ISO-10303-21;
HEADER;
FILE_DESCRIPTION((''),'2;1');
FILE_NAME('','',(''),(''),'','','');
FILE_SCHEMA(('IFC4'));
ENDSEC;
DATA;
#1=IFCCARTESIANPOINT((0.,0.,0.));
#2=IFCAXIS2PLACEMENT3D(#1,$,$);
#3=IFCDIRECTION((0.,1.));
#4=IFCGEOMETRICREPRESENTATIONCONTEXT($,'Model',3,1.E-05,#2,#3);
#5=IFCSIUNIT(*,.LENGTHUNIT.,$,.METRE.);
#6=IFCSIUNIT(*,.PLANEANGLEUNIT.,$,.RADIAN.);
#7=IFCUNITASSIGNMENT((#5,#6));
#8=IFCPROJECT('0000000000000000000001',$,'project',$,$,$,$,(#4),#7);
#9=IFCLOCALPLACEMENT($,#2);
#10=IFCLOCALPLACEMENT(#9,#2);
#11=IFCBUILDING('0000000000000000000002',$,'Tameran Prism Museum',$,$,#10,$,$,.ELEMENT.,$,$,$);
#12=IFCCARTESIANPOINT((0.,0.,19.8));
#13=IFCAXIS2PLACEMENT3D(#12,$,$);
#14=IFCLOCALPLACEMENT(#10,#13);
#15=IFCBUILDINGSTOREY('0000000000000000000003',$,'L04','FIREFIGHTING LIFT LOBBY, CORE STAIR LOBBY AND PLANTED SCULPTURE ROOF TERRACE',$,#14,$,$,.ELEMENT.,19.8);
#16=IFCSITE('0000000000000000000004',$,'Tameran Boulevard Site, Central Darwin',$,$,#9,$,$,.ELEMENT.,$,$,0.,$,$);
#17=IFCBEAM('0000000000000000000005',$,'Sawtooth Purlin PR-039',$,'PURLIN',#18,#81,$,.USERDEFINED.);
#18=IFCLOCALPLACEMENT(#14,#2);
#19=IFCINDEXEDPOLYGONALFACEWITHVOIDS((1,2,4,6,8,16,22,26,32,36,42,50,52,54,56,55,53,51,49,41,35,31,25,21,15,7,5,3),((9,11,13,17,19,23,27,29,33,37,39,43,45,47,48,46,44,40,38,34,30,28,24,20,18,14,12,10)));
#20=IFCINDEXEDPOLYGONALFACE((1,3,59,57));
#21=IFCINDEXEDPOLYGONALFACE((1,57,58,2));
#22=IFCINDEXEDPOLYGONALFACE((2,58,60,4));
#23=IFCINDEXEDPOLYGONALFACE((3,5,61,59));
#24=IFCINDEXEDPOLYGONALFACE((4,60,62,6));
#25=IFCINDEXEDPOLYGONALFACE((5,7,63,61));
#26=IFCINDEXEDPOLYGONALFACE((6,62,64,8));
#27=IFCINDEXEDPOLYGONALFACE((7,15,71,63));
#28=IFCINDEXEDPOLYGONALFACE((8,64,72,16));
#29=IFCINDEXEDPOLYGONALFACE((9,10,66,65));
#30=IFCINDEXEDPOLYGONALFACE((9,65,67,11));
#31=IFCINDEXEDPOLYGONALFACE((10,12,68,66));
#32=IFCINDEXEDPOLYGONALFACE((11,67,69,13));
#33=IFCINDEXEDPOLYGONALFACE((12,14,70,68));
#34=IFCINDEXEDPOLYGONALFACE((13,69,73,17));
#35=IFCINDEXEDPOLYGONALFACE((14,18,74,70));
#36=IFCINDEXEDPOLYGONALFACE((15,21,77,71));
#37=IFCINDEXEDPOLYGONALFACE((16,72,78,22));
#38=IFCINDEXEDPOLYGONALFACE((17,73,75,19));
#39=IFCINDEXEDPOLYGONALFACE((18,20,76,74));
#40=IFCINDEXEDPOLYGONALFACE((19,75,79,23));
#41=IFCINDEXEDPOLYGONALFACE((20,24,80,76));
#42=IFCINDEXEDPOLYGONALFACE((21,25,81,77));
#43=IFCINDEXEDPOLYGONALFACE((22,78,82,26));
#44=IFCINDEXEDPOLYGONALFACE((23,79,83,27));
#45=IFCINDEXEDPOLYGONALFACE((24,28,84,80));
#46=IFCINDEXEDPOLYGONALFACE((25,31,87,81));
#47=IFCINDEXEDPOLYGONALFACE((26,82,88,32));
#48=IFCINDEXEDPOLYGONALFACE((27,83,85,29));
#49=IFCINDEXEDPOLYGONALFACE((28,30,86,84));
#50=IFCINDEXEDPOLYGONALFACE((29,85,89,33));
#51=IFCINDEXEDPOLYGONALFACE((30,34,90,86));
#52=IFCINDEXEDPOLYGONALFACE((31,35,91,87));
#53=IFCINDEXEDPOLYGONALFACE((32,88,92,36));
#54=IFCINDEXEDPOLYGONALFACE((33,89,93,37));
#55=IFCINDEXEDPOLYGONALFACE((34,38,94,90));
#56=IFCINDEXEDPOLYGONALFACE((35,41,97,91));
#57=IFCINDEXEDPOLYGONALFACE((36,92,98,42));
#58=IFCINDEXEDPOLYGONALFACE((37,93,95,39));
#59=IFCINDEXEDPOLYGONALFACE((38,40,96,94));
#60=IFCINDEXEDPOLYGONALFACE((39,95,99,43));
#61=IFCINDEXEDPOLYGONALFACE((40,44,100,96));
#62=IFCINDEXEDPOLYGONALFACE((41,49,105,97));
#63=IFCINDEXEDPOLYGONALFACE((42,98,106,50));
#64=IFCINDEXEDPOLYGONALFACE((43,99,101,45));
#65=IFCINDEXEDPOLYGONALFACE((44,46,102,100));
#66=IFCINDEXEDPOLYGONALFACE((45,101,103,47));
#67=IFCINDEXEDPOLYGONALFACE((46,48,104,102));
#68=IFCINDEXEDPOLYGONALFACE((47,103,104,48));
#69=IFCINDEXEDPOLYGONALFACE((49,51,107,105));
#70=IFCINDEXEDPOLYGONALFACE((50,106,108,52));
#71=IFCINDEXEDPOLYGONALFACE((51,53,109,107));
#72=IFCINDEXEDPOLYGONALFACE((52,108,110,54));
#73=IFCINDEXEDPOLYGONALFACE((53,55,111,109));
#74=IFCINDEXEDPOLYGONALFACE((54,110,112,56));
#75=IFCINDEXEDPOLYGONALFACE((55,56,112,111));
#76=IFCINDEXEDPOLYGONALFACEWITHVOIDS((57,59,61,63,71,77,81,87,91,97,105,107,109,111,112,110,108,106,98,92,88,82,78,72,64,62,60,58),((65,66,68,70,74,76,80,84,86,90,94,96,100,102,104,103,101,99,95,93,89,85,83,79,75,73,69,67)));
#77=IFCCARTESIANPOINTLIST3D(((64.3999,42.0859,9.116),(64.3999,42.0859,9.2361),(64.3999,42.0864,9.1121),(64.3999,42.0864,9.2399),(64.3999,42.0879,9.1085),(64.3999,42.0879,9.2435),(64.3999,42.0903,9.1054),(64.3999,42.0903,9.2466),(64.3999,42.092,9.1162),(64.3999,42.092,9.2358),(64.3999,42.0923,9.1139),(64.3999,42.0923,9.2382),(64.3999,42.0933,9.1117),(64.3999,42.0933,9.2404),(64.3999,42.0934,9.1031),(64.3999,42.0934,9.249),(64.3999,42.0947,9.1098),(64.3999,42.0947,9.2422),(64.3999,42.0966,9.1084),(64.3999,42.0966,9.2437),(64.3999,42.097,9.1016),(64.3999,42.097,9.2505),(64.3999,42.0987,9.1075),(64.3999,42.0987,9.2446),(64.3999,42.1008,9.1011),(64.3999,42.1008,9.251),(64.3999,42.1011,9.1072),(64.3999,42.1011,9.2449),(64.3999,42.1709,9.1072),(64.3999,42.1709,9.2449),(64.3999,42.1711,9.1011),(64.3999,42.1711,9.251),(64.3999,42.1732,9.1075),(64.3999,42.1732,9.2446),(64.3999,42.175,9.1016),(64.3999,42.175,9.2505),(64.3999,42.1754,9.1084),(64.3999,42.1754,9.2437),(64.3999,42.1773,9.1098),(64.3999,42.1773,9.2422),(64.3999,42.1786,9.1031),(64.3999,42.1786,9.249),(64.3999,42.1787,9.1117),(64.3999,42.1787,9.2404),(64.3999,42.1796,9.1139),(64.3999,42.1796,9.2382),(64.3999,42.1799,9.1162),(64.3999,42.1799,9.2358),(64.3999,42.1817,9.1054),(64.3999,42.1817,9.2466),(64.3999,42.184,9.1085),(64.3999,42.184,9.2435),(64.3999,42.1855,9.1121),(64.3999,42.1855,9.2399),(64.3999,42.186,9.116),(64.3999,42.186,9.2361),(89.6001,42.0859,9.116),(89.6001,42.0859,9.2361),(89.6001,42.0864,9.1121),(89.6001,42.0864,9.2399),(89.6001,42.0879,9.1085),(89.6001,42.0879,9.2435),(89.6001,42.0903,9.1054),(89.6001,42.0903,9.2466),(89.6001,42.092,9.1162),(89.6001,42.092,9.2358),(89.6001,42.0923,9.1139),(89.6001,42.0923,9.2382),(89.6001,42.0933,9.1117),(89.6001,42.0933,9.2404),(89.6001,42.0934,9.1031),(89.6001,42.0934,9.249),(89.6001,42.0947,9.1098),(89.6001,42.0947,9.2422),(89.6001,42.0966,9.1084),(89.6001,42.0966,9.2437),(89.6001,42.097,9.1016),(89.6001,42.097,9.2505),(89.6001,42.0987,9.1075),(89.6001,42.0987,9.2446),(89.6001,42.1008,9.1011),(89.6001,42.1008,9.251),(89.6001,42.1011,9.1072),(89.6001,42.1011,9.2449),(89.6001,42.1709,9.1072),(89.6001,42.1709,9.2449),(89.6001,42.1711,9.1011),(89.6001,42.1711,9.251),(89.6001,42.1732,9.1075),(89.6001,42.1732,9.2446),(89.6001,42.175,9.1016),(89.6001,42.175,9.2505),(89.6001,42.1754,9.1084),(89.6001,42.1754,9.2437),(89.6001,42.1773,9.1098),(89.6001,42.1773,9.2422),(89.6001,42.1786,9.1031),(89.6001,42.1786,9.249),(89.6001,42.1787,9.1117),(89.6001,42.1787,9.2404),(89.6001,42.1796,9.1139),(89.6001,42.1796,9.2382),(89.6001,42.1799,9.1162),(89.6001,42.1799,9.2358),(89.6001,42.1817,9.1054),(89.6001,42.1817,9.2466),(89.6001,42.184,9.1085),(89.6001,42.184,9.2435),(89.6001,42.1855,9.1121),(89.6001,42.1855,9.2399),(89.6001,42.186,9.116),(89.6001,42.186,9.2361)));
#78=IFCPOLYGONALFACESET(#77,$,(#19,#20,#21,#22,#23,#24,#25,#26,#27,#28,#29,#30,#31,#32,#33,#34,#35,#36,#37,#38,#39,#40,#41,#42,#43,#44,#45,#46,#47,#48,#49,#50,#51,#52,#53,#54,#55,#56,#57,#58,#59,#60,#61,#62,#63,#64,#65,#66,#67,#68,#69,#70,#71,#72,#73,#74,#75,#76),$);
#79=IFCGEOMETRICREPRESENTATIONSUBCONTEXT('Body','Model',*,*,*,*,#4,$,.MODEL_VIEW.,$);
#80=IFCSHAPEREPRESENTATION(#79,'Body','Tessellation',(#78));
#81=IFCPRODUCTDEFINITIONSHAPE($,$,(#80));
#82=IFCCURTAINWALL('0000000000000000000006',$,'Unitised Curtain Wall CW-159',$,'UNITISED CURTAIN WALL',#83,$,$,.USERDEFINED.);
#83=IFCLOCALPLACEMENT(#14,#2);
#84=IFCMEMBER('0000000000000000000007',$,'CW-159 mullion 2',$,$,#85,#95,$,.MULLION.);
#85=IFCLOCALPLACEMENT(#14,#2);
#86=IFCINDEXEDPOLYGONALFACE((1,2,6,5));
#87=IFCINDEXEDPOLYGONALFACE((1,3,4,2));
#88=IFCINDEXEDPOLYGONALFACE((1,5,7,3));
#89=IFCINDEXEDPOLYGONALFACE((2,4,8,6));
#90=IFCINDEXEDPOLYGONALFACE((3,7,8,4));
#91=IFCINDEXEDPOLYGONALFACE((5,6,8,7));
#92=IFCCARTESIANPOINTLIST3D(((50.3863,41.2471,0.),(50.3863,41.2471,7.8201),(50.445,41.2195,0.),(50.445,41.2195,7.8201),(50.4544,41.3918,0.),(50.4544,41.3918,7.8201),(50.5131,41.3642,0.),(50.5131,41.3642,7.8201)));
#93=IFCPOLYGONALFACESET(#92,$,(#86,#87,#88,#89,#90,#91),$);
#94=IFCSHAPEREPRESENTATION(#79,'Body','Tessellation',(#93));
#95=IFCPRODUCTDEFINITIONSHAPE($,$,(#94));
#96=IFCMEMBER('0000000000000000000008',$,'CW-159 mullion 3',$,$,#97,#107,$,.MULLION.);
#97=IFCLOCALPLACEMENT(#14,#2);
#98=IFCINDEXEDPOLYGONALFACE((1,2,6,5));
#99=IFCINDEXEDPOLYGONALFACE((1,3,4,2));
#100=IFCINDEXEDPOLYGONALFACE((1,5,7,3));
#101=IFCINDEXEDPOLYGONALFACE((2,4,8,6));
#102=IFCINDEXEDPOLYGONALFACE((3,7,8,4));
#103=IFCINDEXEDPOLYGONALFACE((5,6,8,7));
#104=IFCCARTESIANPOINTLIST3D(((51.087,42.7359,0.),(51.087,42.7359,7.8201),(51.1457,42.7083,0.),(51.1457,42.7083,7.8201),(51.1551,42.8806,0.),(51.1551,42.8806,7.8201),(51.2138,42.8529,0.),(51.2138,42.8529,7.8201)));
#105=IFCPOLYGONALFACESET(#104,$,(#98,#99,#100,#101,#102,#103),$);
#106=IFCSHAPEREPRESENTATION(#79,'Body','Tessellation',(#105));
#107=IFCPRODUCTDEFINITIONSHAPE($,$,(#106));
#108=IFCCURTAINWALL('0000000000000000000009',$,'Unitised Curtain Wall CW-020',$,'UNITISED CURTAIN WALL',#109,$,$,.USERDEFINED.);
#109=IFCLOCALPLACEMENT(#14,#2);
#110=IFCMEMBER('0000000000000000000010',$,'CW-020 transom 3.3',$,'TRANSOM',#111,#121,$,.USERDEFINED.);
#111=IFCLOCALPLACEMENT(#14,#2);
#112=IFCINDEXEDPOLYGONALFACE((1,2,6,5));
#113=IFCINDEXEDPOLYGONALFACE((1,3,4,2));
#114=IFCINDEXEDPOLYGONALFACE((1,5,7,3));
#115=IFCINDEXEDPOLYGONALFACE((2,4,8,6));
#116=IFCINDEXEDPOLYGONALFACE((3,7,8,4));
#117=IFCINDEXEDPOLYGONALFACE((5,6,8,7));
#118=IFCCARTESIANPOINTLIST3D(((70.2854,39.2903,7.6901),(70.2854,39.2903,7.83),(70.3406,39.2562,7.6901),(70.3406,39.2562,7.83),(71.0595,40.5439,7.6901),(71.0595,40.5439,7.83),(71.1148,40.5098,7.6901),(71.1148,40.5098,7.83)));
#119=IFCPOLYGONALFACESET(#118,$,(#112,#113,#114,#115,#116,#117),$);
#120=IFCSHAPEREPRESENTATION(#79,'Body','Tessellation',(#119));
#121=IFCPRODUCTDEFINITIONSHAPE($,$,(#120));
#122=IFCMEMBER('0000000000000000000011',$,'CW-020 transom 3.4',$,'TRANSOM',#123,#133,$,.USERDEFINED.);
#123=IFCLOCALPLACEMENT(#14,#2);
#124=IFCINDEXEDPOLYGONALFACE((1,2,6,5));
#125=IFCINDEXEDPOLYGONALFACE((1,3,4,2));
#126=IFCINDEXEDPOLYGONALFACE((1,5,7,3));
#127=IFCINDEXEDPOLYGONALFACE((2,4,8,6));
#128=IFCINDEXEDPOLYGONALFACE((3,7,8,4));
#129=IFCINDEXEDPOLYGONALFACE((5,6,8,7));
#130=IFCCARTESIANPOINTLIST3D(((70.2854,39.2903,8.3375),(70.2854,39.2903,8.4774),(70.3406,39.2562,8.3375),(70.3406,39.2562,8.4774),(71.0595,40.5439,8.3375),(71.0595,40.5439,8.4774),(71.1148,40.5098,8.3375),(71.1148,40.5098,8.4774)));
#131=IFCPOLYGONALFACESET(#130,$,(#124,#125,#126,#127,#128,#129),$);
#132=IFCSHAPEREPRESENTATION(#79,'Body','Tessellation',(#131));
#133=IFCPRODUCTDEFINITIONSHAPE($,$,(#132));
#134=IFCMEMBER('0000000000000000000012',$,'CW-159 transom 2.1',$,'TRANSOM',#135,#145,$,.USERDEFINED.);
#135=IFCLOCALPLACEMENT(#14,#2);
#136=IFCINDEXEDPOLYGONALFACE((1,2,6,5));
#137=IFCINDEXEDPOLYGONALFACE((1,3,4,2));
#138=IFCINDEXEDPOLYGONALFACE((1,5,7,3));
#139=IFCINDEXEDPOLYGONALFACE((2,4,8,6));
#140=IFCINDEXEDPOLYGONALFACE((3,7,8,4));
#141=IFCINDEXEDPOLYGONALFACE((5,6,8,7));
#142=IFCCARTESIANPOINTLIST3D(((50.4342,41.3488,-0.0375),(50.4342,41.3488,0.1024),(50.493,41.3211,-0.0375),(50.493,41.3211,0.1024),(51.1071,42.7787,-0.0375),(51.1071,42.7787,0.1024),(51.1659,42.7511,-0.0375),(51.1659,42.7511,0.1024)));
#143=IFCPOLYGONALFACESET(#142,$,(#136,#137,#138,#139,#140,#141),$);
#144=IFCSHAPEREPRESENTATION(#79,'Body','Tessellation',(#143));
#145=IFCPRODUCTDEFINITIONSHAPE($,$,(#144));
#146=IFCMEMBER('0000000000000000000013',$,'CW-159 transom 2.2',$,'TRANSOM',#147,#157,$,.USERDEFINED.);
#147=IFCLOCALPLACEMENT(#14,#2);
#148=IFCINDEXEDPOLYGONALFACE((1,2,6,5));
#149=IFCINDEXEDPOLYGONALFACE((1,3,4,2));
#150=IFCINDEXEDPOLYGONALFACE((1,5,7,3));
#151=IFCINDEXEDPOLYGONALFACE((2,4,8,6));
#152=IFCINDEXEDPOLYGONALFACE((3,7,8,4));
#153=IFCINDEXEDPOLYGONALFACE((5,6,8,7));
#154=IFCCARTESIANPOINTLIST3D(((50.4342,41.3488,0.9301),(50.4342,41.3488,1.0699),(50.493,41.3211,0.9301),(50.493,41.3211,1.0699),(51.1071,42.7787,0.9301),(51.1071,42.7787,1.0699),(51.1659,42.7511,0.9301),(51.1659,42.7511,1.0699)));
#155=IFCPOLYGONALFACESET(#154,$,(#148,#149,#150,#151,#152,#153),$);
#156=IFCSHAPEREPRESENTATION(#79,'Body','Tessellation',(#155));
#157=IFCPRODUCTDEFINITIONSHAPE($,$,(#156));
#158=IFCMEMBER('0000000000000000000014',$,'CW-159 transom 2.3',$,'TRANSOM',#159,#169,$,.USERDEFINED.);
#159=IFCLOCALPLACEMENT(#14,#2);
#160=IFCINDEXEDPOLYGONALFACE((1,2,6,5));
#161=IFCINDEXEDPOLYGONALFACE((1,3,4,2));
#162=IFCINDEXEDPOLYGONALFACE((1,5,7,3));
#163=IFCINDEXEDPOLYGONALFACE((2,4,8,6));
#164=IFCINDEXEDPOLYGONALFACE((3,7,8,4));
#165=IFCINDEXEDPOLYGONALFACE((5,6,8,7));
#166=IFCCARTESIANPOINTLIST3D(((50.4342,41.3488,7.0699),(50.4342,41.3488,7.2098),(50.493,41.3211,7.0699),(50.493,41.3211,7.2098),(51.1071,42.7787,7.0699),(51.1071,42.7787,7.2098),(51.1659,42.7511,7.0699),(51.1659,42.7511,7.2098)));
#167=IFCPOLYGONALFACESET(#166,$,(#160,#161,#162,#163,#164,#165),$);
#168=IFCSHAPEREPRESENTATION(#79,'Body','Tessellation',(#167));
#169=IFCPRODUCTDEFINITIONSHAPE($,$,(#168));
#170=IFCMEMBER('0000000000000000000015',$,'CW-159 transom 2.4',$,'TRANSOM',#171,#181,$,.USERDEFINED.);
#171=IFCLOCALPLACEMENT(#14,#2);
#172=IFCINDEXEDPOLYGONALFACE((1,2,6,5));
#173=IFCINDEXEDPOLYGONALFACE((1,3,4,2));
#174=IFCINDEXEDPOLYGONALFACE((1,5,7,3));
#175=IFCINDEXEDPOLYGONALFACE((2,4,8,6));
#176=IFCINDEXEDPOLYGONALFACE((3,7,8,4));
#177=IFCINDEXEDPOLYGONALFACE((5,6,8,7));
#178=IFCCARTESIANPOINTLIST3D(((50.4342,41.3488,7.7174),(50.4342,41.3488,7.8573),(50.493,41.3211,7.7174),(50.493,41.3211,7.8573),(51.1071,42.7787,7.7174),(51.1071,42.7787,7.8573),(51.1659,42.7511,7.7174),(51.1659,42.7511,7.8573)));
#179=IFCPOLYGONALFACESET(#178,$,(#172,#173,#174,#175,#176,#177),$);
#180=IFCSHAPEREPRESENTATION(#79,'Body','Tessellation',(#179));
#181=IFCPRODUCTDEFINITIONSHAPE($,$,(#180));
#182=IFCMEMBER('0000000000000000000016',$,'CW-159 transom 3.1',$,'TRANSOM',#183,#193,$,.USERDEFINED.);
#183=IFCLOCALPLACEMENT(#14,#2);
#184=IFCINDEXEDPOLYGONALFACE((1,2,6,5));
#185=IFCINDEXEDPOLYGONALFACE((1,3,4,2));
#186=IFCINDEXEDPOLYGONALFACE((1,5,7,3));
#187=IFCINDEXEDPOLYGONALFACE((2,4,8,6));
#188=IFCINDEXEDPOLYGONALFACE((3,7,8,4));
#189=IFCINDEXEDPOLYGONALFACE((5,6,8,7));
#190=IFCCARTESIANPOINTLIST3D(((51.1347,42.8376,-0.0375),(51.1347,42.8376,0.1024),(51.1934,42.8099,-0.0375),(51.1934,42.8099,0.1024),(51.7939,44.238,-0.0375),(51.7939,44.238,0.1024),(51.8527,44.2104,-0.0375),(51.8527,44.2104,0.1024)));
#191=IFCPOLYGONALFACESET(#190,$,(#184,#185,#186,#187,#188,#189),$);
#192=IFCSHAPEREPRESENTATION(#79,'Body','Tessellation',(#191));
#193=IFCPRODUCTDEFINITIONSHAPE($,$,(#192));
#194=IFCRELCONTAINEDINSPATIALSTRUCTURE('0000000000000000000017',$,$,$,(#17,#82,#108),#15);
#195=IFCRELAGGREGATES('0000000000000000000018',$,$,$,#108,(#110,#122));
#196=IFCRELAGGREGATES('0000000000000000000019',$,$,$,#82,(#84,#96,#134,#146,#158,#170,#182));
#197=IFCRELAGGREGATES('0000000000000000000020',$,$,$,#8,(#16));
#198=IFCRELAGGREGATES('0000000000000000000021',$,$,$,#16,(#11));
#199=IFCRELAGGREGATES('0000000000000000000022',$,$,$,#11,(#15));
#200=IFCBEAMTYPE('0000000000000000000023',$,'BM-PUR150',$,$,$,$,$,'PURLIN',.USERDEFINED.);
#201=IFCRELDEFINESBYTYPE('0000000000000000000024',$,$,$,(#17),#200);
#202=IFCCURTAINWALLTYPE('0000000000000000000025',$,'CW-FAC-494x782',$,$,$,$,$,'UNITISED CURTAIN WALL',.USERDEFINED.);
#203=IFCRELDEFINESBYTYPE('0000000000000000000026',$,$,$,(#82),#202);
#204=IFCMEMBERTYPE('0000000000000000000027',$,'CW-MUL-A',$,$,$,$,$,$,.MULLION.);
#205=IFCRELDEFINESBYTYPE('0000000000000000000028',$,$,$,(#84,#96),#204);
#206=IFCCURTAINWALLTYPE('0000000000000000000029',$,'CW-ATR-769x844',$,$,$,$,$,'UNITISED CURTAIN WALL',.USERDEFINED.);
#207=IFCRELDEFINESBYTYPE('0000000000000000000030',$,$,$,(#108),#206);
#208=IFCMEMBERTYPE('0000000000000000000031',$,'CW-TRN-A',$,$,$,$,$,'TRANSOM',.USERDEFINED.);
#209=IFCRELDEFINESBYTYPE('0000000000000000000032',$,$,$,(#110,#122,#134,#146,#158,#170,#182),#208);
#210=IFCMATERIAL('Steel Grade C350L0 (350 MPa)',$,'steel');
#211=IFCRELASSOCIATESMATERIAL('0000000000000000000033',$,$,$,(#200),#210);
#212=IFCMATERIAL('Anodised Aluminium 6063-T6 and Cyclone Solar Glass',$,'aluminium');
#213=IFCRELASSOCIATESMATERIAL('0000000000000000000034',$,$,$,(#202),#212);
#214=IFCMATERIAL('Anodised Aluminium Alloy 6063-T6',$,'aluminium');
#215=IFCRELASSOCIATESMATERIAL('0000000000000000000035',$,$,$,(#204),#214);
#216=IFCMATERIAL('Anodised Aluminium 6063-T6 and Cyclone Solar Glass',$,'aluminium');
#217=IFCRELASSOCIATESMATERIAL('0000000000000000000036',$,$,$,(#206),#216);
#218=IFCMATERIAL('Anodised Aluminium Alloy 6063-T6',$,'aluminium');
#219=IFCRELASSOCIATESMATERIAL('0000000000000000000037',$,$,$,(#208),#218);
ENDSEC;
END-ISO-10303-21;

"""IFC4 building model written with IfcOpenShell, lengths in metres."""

from ifc_helpers import new_model, si_unit, direction, frame, origin, origin_2d, place, context, subcontext, project, spatial, rectangle, hollow_rectangle, extrude, material, material_profile, profile_set, type_object, element, aggregate, save


model = new_model("IFC4")

# Units and contexts
model_context = context("Model", 3, precision=1e-05, world=origin(), true_north=direction((0.0, 1.0)))
body_context = subcontext(model_context, "Body", "Model", "MODEL_VIEW")
ifc_project = project(units=[si_unit("LENGTHUNIT", "METRE"), si_unit("PLANEANGLEUNIT", "RADIAN")], contexts=[model_context])

# Site, building, storey
site_placement = place(None, origin())
site = spatial("IfcSite", under=ifc_project, at=site_placement, Name="Tameran Boulevard Site, Central Darwin", CompositionType="ELEMENT", RefElevation=0.0)
building_placement = place(site_placement, origin())
building = spatial("IfcBuilding", under=site, at=building_placement, Name="Tameran Prism Museum", CompositionType="ELEMENT")
storey_placement = place(building_placement, frame((0.0, 0.0, 19.8)))
storey = spatial("IfcBuildingStorey", under=building, at=storey_placement, Name="L04", Description="FIREFIGHTING LIFT LOBBY, CORE STAIR LOBBY AND PLANTED SCULPTURE ROOF TERRACE", CompositionType="ELEMENT", Elevation=19.8)

# Beam
ifc_material_1 = material(Name="Steel Grade C350L0 (350 MPa)", Category="steel")
ifc_material_profile_1 = material_profile(ifc_material_1, hollow_rectangle(XDim=0.1001, YDim=0.1499, WallThickness=0.0061, InnerFilletRadius=0.009, OuterFilletRadius=0.0149, at=origin_2d()))
ifc_profile_set_1 = profile_set([ifc_material_profile_1])
beam_type = type_object("IfcBeamType", Name="BM-PUR150", ElementType="PURLIN", PredefinedType="USERDEFINED", material=ifc_profile_set_1)
beam_placement = place(storey_placement, frame((64.3999, 42.136, 9.176), z_axis=(1.0, 0.0, 0.0), x_axis=(0.0, 1.0, 0.0)))
element("IfcBeam", 1, at=beam_placement, inside=storey, type_object=beam_type, Name="Sawtooth Purlin PR-039", ObjectType="PURLIN", PredefinedType="USERDEFINED", context=body_context, shape_type="SweptSolid", body=[
    extrude(hollow_rectangle(XDim=0.1001, YDim=0.1499, WallThickness=0.0061, InnerFilletRadius=0.009, OuterFilletRadius=0.0149, at=origin_2d()), origin(), (0.0, 0.0, 1.0), 25.2002),
])

# Curtain walls, members
ifc_material_2 = material(Name="Anodised Aluminium 6063-T6 and Cyclone Solar Glass", Category="aluminium")
curtain_wall_type_1 = type_object("IfcCurtainWallType", Name="CW-FAC-494x782", ElementType="UNITISED CURTAIN WALL", PredefinedType="USERDEFINED", material=ifc_material_2)
curtain_wall_1_placement = place(storey_placement, origin())
curtain_wall_1 = element("IfcCurtainWall", 2, at=curtain_wall_1_placement, inside=storey, type_object=curtain_wall_type_1, Name="Unitised Curtain Wall CW-159", ObjectType="UNITISED CURTAIN WALL", PredefinedType="USERDEFINED")
ifc_material_3 = material(Name="Anodised Aluminium Alloy 6063-T6", Category="aluminium")
ifc_material_profile_2 = material_profile(ifc_material_3, rectangle(XDim=0.0649, YDim=0.1599, at=origin_2d()))
ifc_profile_set_2 = profile_set([ifc_material_profile_2])
member_type_1 = type_object("IfcMemberType", Name="CW-MUL-A", PredefinedType="MULLION", material=ifc_profile_set_2)
member_1_placement = place(storey_placement, frame((50.4497, 41.3057, 0.0), z_axis=(0.0, 0.0, 1.0), x_axis=(-0.904791, 0.425856, 0.0)))
member_1 = element("IfcMember", 3, at=member_1_placement, type_object=member_type_1, Name="CW-159 mullion 2", PredefinedType="MULLION", context=body_context, shape_type="SweptSolid", body=[
    extrude(rectangle(XDim=0.0649, YDim=0.1599, at=origin_2d()), origin(), (0.0, 0.0, 1.0), 7.8201),
])
member_2_placement = place(storey_placement, frame((51.1504, 42.7944, 0.0), z_axis=(0.0, 0.0, 1.0), x_axis=(-0.904791, 0.425856, 0.0)))
member_2 = element("IfcMember", 4, at=member_2_placement, type_object=member_type_1, Name="CW-159 mullion 3", PredefinedType="MULLION", context=body_context, shape_type="SweptSolid", body=[
    extrude(rectangle(XDim=0.0649, YDim=0.1599, at=origin_2d()), origin(), (0.0, 0.0, 1.0), 7.8201),
])
ifc_material_4 = material(Name="Anodised Aluminium 6063-T6 and Cyclone Solar Glass", Category="aluminium")
curtain_wall_type_2 = type_object("IfcCurtainWallType", Name="CW-ATR-769x844", ElementType="UNITISED CURTAIN WALL", PredefinedType="USERDEFINED", material=ifc_material_4)
curtain_wall_2_placement = place(storey_placement, origin())
curtain_wall_2 = element("IfcCurtainWall", 5, at=curtain_wall_2_placement, inside=storey, type_object=curtain_wall_type_2, Name="Unitised Curtain Wall CW-020", ObjectType="UNITISED CURTAIN WALL", PredefinedType="USERDEFINED")
ifc_material_5 = material(Name="Anodised Aluminium Alloy 6063-T6", Category="aluminium")
ifc_material_profile_3 = material_profile(ifc_material_5, rectangle(XDim=0.0649, YDim=0.1399, at=origin_2d()))
ifc_profile_set_3 = profile_set([ifc_material_profile_3])
member_type_2 = type_object("IfcMemberType", Name="CW-TRN-A", ElementType="TRANSOM", PredefinedType="USERDEFINED", material=ifc_profile_set_3)
member_3_placement = place(storey_placement, frame((71.0872, 40.5269, 7.76), z_axis=(-0.525419, -0.850844, 0.0), x_axis=(0.850844, -0.525419, 0.0)))
member_3 = element("IfcMember", 6, at=member_3_placement, type_object=member_type_2, Name="CW-020 transom 3.3", ObjectType="TRANSOM", PredefinedType="USERDEFINED", context=body_context, shape_type="SweptSolid", body=[
    extrude(rectangle(XDim=0.0649, YDim=0.1399, at=origin_2d()), origin(), (0.0, 0.0, 1.0), 1.4734),
])
member_4_placement = place(storey_placement, frame((71.0872, 40.5269, 8.4075), z_axis=(-0.525419, -0.850844, 0.0), x_axis=(0.850844, -0.525419, 0.0)))
member_4 = element("IfcMember", 7, at=member_4_placement, type_object=member_type_2, Name="CW-020 transom 3.4", ObjectType="TRANSOM", PredefinedType="USERDEFINED", context=body_context, shape_type="SweptSolid", body=[
    extrude(rectangle(XDim=0.0649, YDim=0.1399, at=origin_2d()), origin(), (0.0, 0.0, 1.0), 1.4734),
])
aggregate(curtain_wall_2, [member_3, member_4])

# Members
member_5_placement = place(storey_placement, frame((50.4636, 41.335, 0.0325), z_axis=(0.425767, 0.904833, 0.0), x_axis=(-0.904833, 0.425767, 0.0)))
member_5 = element("IfcMember", 8, at=member_5_placement, type_object=member_type_2, Name="CW-159 transom 2.1", ObjectType="TRANSOM", PredefinedType="USERDEFINED", context=body_context, shape_type="SweptSolid", body=[
    extrude(rectangle(XDim=0.0649, YDim=0.1399, at=origin_2d()), origin(), (0.0, 0.0, 1.0), 1.5803),
])
member_6_placement = place(storey_placement, frame((50.4636, 41.335, 1.0), z_axis=(0.425767, 0.904833, 0.0), x_axis=(-0.904833, 0.425767, 0.0)))
member_6 = element("IfcMember", 9, at=member_6_placement, type_object=member_type_2, Name="CW-159 transom 2.2", ObjectType="TRANSOM", PredefinedType="USERDEFINED", context=body_context, shape_type="SweptSolid", body=[
    extrude(rectangle(XDim=0.0649, YDim=0.1399, at=origin_2d()), origin(), (0.0, 0.0, 1.0), 1.5803),
])
member_7_placement = place(storey_placement, frame((50.4636, 41.335, 7.1399), z_axis=(0.425767, 0.904833, 0.0), x_axis=(-0.904833, 0.425767, 0.0)))
member_7 = element("IfcMember", 10, at=member_7_placement, type_object=member_type_2, Name="CW-159 transom 2.3", ObjectType="TRANSOM", PredefinedType="USERDEFINED", context=body_context, shape_type="SweptSolid", body=[
    extrude(rectangle(XDim=0.0649, YDim=0.1399, at=origin_2d()), origin(), (0.0, 0.0, 1.0), 1.5803),
])
member_8_placement = place(storey_placement, frame((50.4636, 41.335, 7.7874), z_axis=(0.425767, 0.904833, 0.0), x_axis=(-0.904833, 0.425767, 0.0)))
member_8 = element("IfcMember", 11, at=member_8_placement, type_object=member_type_2, Name="CW-159 transom 2.4", ObjectType="TRANSOM", PredefinedType="USERDEFINED", context=body_context, shape_type="SweptSolid", body=[
    extrude(rectangle(XDim=0.0649, YDim=0.1399, at=origin_2d()), origin(), (0.0, 0.0, 1.0), 1.5803),
])
member_9_placement = place(storey_placement, frame((51.1641, 42.8237, 0.0325), z_axis=(0.425888, 0.904776, 0.0), x_axis=(-0.904776, 0.425888, 0.0)))
member_9 = element("IfcMember", 12, at=member_9_placement, type_object=member_type_2, Name="CW-159 transom 3.1", ObjectType="TRANSOM", PredefinedType="USERDEFINED", context=body_context, shape_type="SweptSolid", body=[
    extrude(rectangle(XDim=0.0649, YDim=0.1399, at=origin_2d()), origin(), (0.0, 0.0, 1.0), 1.5479),
])

aggregate(curtain_wall_1, [member_1, member_2, member_5, member_6, member_7, member_8, member_9])

save(model, "model.ifc")
